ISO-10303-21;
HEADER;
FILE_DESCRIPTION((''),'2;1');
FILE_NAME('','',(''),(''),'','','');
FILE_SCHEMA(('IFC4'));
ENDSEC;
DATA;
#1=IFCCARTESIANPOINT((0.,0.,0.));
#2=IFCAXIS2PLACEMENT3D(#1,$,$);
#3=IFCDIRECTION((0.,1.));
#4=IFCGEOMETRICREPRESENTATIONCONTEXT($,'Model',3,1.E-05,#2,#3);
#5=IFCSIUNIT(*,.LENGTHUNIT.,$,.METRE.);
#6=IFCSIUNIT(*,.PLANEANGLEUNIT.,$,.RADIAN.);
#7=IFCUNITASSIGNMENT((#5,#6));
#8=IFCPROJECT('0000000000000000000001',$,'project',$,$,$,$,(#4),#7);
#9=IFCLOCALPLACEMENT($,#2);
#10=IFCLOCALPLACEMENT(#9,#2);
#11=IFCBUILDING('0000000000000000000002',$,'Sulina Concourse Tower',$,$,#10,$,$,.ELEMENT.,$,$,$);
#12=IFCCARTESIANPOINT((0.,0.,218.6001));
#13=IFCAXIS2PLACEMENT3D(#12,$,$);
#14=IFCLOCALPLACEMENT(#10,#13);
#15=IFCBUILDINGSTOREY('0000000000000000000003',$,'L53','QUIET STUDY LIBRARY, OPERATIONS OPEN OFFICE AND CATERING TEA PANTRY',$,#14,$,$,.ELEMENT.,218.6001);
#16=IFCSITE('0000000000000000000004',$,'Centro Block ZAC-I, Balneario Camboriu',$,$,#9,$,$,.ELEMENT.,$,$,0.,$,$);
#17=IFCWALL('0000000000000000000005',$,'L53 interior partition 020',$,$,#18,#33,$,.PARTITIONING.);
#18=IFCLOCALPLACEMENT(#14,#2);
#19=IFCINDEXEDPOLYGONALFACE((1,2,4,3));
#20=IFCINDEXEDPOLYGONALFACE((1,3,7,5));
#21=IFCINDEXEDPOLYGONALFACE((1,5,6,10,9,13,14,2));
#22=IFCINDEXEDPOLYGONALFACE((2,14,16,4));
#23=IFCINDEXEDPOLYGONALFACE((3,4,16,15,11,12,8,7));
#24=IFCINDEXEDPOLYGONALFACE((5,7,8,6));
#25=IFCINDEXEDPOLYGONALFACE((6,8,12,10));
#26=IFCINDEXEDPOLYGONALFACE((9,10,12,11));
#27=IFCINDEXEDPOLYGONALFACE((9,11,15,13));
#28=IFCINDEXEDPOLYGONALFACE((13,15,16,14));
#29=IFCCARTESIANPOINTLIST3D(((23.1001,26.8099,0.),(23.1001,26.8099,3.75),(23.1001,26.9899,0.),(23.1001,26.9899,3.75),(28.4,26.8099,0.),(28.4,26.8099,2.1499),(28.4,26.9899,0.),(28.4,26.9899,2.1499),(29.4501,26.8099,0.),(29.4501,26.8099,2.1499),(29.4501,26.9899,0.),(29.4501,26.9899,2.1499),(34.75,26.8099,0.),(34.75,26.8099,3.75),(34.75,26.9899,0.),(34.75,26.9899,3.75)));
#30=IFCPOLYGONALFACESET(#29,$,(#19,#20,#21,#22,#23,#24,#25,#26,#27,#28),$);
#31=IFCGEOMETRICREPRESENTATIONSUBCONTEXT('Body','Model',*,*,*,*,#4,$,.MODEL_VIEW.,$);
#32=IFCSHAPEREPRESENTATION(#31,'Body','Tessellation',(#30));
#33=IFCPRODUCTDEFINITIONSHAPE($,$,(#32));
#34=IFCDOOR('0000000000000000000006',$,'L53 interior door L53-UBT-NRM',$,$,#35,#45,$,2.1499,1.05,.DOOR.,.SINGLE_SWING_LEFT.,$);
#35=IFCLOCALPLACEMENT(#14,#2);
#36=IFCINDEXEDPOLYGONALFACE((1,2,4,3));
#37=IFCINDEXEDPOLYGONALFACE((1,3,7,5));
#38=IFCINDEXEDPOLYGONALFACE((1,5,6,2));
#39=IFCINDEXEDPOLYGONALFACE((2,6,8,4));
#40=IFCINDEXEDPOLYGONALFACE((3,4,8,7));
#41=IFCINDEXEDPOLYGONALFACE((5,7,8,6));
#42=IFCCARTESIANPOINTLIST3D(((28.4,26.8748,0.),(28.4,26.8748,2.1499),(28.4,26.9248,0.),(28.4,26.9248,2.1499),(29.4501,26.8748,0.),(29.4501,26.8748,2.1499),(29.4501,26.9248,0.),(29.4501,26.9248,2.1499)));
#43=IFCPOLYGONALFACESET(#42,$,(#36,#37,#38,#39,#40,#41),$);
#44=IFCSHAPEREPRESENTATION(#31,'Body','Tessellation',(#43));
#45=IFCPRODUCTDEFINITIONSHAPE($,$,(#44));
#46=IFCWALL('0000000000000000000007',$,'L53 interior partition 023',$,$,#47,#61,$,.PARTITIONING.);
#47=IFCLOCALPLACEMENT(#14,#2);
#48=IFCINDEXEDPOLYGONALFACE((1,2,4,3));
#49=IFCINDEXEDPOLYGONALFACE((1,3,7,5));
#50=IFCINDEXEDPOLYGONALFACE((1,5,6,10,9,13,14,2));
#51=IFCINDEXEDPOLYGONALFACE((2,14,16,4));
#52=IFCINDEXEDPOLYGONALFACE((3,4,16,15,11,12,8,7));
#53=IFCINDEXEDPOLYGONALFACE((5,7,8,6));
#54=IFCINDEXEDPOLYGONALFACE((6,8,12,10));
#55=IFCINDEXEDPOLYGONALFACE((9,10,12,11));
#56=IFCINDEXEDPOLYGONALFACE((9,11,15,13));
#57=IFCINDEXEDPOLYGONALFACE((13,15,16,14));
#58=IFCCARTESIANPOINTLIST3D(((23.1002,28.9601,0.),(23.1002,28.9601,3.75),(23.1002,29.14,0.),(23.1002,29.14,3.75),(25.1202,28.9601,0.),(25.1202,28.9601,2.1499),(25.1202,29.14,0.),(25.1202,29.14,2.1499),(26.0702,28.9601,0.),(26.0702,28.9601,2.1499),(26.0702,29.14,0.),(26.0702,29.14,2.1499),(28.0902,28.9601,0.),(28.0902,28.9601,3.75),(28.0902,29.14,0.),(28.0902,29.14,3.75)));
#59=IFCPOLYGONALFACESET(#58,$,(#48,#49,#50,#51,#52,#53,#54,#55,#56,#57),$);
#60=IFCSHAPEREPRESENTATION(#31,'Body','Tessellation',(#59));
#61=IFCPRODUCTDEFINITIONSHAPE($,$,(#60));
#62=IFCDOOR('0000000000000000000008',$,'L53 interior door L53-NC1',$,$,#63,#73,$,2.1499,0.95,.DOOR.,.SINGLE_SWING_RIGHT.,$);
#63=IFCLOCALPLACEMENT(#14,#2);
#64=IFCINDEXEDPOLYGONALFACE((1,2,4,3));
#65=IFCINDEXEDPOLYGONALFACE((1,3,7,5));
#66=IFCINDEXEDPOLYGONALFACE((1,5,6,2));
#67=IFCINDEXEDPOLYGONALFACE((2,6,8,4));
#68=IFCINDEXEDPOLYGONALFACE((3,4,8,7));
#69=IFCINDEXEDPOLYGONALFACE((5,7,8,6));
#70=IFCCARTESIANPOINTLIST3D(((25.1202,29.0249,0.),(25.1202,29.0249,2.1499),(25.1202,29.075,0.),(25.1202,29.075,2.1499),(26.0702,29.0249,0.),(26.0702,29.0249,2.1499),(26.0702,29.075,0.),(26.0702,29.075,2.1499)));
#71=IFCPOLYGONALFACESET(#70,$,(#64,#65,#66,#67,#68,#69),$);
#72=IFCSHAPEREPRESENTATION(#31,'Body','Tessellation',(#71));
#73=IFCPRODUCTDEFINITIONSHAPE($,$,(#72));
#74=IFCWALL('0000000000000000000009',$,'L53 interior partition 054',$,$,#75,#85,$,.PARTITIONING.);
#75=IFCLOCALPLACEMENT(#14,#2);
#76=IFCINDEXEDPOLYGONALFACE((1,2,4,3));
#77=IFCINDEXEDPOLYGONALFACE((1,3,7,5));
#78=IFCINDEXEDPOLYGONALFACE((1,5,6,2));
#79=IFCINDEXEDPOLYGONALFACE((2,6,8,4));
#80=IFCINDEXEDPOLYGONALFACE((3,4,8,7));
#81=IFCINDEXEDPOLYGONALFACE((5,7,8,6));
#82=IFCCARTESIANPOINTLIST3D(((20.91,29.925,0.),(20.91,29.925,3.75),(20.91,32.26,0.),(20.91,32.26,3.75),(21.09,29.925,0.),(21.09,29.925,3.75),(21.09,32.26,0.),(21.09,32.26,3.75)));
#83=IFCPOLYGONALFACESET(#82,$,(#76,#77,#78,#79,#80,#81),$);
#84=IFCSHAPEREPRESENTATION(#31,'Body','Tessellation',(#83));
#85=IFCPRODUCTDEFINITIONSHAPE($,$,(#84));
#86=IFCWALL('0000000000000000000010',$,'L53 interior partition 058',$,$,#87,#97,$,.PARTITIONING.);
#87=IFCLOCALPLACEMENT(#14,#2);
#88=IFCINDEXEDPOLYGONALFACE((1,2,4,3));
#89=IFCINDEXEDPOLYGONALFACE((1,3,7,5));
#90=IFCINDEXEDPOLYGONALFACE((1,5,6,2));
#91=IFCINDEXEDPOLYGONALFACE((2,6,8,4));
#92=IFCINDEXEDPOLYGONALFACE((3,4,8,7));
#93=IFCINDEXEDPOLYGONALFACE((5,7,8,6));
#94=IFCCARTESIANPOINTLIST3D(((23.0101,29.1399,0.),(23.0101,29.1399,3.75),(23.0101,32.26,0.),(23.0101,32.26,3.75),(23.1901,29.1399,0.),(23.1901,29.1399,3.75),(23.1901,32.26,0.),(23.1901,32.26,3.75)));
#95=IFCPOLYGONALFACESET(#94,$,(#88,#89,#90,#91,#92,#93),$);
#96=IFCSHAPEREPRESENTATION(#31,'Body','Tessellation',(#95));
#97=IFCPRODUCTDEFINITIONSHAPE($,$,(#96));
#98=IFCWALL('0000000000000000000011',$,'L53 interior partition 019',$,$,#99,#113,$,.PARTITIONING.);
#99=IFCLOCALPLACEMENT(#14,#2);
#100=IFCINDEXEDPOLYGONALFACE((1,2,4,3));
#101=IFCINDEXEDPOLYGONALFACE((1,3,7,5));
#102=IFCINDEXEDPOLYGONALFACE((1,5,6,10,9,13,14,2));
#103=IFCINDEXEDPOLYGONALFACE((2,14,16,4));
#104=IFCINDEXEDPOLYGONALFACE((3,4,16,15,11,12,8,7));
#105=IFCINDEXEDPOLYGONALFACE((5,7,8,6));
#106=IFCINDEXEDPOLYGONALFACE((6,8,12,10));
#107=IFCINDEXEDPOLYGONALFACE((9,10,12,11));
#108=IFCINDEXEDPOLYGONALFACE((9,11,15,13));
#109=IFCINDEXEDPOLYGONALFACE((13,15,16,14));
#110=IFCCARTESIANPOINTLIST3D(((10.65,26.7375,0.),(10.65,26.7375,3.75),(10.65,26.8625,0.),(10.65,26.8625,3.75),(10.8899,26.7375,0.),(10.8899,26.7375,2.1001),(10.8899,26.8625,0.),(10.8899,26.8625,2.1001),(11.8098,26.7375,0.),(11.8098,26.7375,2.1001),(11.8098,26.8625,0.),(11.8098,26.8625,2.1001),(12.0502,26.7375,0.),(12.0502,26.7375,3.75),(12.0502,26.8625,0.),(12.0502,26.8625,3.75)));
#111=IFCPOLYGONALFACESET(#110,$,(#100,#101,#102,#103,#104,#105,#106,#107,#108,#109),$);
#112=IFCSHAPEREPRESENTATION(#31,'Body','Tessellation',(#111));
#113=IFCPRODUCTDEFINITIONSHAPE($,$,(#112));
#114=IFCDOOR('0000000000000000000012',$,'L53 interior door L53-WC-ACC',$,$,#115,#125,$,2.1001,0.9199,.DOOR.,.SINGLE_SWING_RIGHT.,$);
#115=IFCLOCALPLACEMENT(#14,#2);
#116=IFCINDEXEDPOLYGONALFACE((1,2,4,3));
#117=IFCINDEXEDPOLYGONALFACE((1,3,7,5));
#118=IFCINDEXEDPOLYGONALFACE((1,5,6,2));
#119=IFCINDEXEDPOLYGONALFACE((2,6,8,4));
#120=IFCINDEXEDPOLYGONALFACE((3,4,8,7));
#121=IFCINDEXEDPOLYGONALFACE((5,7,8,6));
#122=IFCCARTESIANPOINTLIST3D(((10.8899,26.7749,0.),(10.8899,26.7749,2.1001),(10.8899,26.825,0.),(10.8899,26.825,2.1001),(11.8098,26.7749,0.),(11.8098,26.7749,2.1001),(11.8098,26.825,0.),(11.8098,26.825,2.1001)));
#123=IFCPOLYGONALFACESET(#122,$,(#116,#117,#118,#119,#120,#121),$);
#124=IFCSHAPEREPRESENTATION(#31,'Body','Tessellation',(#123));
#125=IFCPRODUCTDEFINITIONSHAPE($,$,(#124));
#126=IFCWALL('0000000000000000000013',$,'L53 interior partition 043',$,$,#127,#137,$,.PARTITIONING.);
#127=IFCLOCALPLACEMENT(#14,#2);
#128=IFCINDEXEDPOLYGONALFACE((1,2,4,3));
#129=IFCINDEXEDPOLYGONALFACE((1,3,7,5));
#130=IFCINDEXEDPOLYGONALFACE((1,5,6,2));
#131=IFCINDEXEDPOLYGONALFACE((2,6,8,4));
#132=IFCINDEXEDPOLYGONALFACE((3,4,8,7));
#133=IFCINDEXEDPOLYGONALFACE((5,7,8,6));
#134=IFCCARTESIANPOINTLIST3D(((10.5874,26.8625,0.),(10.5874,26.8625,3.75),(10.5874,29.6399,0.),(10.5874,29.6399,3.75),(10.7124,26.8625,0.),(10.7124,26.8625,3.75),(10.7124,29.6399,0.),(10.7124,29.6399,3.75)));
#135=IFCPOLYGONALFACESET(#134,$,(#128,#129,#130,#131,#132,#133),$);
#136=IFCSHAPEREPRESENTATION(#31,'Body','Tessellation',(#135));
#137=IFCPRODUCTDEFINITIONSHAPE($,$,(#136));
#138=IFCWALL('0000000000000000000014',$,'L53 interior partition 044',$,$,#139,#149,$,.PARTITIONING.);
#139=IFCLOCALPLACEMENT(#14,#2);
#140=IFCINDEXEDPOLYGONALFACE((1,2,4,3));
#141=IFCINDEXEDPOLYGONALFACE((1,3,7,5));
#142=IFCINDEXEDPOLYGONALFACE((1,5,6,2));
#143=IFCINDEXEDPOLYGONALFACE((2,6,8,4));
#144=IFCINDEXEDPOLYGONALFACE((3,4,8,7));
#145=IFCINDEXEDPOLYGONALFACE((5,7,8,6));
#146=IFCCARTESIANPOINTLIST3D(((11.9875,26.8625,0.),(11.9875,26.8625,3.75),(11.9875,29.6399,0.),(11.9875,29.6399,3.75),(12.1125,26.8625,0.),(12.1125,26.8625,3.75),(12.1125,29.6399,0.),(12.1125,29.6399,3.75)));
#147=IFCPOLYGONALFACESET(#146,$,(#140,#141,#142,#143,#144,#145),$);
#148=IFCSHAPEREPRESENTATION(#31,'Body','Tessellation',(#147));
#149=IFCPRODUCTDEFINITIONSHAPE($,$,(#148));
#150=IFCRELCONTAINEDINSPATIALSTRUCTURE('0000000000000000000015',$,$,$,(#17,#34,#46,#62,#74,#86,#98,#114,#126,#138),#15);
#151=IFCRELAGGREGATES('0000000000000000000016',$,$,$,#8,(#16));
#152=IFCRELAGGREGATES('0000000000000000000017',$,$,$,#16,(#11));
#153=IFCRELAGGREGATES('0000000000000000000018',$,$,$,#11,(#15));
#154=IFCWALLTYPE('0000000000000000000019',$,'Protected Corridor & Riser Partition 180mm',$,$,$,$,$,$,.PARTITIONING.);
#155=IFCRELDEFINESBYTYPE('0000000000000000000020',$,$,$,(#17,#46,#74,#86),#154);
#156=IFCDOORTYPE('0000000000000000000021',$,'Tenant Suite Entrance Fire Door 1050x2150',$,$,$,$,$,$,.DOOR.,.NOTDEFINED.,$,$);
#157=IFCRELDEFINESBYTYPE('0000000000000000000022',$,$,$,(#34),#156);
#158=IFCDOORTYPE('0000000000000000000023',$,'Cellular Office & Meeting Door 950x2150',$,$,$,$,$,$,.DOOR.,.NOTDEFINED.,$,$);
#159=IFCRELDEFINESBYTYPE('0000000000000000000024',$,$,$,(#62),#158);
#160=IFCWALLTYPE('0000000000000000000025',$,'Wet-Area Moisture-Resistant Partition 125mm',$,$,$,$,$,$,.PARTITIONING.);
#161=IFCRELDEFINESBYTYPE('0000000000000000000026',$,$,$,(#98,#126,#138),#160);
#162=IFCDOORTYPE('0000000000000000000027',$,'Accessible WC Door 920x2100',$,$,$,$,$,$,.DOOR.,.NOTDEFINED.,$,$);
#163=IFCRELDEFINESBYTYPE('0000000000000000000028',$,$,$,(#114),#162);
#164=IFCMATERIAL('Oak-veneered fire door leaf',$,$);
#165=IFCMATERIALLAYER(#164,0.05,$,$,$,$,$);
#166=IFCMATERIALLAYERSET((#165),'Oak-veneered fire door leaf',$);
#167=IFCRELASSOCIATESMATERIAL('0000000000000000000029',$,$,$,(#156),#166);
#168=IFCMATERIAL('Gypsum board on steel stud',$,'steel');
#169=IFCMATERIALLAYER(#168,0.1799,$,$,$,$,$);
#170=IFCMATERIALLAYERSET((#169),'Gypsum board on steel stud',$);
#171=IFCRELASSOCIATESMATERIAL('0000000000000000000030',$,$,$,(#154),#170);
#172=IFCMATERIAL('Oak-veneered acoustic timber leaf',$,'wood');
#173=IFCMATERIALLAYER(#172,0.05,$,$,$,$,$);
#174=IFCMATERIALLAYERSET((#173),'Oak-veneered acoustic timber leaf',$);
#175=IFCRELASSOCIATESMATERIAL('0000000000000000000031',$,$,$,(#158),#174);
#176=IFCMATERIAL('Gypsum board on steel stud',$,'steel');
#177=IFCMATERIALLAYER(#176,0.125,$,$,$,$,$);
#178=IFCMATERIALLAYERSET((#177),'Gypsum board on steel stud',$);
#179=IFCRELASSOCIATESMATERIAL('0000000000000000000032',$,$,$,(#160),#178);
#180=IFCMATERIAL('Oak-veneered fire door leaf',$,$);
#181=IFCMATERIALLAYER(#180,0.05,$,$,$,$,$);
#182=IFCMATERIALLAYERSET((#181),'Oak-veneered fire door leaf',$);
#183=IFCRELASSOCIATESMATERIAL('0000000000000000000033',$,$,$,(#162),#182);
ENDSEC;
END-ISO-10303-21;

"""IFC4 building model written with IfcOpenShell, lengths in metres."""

from ifc_helpers import new_model, si_unit, direction, frame, frame_2d, origin, place, context, subcontext, project, spatial, rectangle, extrude, material, layer, layer_set, type_object, element, fill, save


model = new_model("IFC4")

# Units and contexts
model_context = context("Model", 3, precision=1e-05, world=origin(), true_north=direction((0.0, 1.0)))
body_context = subcontext(model_context, "Body", "Model", "MODEL_VIEW")
ifc_project = project(units=[si_unit("LENGTHUNIT", "METRE"), si_unit("PLANEANGLEUNIT", "RADIAN")], contexts=[model_context])

# Site, building, storey
site_placement = place(None, origin())
site = spatial("IfcSite", under=ifc_project, at=site_placement, Name="Centro Block ZAC-I, Balneario Camboriu", CompositionType="ELEMENT", RefElevation=0.0)
building_placement = place(site_placement, origin())
building = spatial("IfcBuilding", under=site, at=building_placement, Name="Sulina Concourse Tower", CompositionType="ELEMENT")
storey_placement = place(building_placement, frame((0.0, 0.0, 218.6001)))
storey = spatial("IfcBuildingStorey", under=building, at=storey_placement, Name="L53", Description="QUIET STUDY LIBRARY, OPERATIONS OPEN OFFICE AND CATERING TEA PANTRY", CompositionType="ELEMENT", Elevation=218.6001)

# Shared definitions
ifc_material_1 = material(Name="Oak-veneered fire door leaf")
ifc_layer_1 = layer(ifc_material_1, 0.05)
ifc_layer_set_1 = layer_set([ifc_layer_1], Name="Oak-veneered fire door leaf")
door_type_1 = type_object("IfcDoorType", Name="Tenant Suite Entrance Fire Door 1050x2150", OperationType="NOTDEFINED", PredefinedType="DOOR", material=ifc_layer_set_1)

# Walls, openings, doors
ifc_material_2 = material(Name="Gypsum board on steel stud", Category="steel")
ifc_layer_2 = layer(ifc_material_2, 0.1799)
ifc_layer_set_2 = layer_set([ifc_layer_2], Name="Gypsum board on steel stud")
wall_type_1 = type_object("IfcWallType", Name="Protected Corridor & Riser Partition 180mm", PredefinedType="PARTITIONING", material=ifc_layer_set_2)
wall_1_placement = place(storey_placement, frame((23.1001, 26.8999, 0.0), z_axis=(0.0, 0.0, 1.0), x_axis=(1.0, 0.0, 0.0)))
wall_1 = element("IfcWall", 1, at=wall_1_placement, inside=storey, type_object=wall_type_1, Name="L53 interior partition 020", PredefinedType="PARTITIONING", context=body_context, shape_type="SweptSolid", body=[
    extrude(rectangle(XDim=11.6499, YDim=0.1799, at=frame_2d((5.825, 0.0))), origin(), (0.0, 0.0, 1.0), 3.75),
])
opening_1_placement = place(wall_1_placement, frame((5.3, 0.0, 0.0)))
opening_1 = element("IfcOpeningElement", 2, at=opening_1_placement, cuts=wall_1, PredefinedType="OPENING", context=body_context, shape_type="SweptSolid", body=[
    extrude(rectangle(XDim=1.05, YDim=2.1499, at=frame_2d((0.5249, 1.075))), frame((0.0, 0.0999, 0.0), z_axis=(0.0, -1.0, 0.0), x_axis=(1.0, 0.0, 0.0)), (0.0, 0.0, 1.0), 0.2),
])
door_1_placement = place(opening_1_placement, origin())
door_1 = element("IfcDoor", 3, at=door_1_placement, inside=storey, type_object=door_type_1, Name="L53 interior door L53-UBT-NRM", OperationType="SINGLE_SWING_LEFT", OverallHeight=2.1499, OverallWidth=1.05, PredefinedType="DOOR", context=body_context, shape_type="SweptSolid", body=[
    extrude(rectangle(XDim=1.05, YDim=2.1499, at=frame_2d((0.5249, 1.075))), frame((0.0, 0.0249, 0.0), z_axis=(0.0, -1.0, 0.0), x_axis=(1.0, 0.0, 0.0)), (0.0, 0.0, 1.0), 0.05),
])
fill(opening_1, door_1)
wall_2_placement = place(storey_placement, frame((23.1001, 29.05, 0.0), z_axis=(0.0, 0.0, 1.0), x_axis=(1.0, 0.0, 0.0)))
wall_2 = element("IfcWall", 4, at=wall_2_placement, inside=storey, type_object=wall_type_1, Name="L53 interior partition 023", PredefinedType="PARTITIONING", context=body_context, shape_type="SweptSolid", body=[
    extrude(rectangle(XDim=4.99, YDim=0.1799, at=frame_2d((2.4951, 0.0))), origin(), (0.0, 0.0, 1.0), 3.75),
])
opening_2_placement = place(wall_2_placement, frame((2.02, 0.0, 0.0)))
opening_2 = element("IfcOpeningElement", 5, at=opening_2_placement, cuts=wall_2, PredefinedType="OPENING", context=body_context, shape_type="SweptSolid", body=[
    extrude(rectangle(XDim=0.95, YDim=2.1499, at=frame_2d((0.4751, 1.075))), frame((0.0, 0.0999, 0.0), z_axis=(0.0, -1.0, 0.0), x_axis=(1.0, 0.0, 0.0)), (0.0, 0.0, 1.0), 0.2),
])
ifc_material_3 = material(Name="Oak-veneered acoustic timber leaf", Category="wood")
ifc_layer_3 = layer(ifc_material_3, 0.05)
ifc_layer_set_3 = layer_set([ifc_layer_3], Name="Oak-veneered acoustic timber leaf")
door_type_2 = type_object("IfcDoorType", Name="Cellular Office & Meeting Door 950x2150", OperationType="NOTDEFINED", PredefinedType="DOOR", material=ifc_layer_set_3)
door_2_placement = place(opening_2_placement, origin())
door_2 = element("IfcDoor", 6, at=door_2_placement, inside=storey, type_object=door_type_2, Name="L53 interior door L53-NC1", OperationType="SINGLE_SWING_RIGHT", OverallHeight=2.1499, OverallWidth=0.95, PredefinedType="DOOR", context=body_context, shape_type="SweptSolid", body=[
    extrude(rectangle(XDim=0.95, YDim=2.1499, at=frame_2d((0.4751, 1.075))), frame((0.0, 0.0249, 0.0), z_axis=(0.0, -1.0, 0.0), x_axis=(1.0, 0.0, 0.0)), (0.0, 0.0, 1.0), 0.05),
])
fill(opening_2, door_2)

# Walls
wall_3_placement = place(storey_placement, frame((21.0, 29.925, 0.0), z_axis=(0.0, 0.0, 1.0), x_axis=(0.0, 1.0, 0.0)))
element("IfcWall", 7, at=wall_3_placement, inside=storey, type_object=wall_type_1, Name="L53 interior partition 054", PredefinedType="PARTITIONING", context=body_context, shape_type="SweptSolid", body=[
    extrude(rectangle(XDim=2.335, YDim=0.1799, at=frame_2d((1.1675, 0.0))), origin(), (0.0, 0.0, 1.0), 3.75),
])
wall_4_placement = place(storey_placement, frame((23.1001, 29.1399, 0.0), z_axis=(0.0, 0.0, 1.0), x_axis=(0.0, 1.0, 0.0)))
element("IfcWall", 8, at=wall_4_placement, inside=storey, type_object=wall_type_1, Name="L53 interior partition 058", PredefinedType="PARTITIONING", context=body_context, shape_type="SweptSolid", body=[
    extrude(rectangle(XDim=3.1201, YDim=0.1799, at=frame_2d((1.5601, 0.0))), origin(), (0.0, 0.0, 1.0), 3.75),
])

# Wall, opening, door
ifc_material_4 = material(Name="Gypsum board on steel stud", Category="steel")
ifc_layer_4 = layer(ifc_material_4, 0.125)
ifc_layer_set_4 = layer_set([ifc_layer_4], Name="Gypsum board on steel stud")
wall_type_2 = type_object("IfcWallType", Name="Wet-Area Moisture-Resistant Partition 125mm", PredefinedType="PARTITIONING", material=ifc_layer_set_4)
wall_5_placement = place(storey_placement, frame((10.6499, 26.8, 0.0), z_axis=(0.0, 0.0, 1.0), x_axis=(1.0, 0.0, 0.0)))
wall_5 = element("IfcWall", 9, at=wall_5_placement, inside=storey, type_object=wall_type_2, Name="L53 interior partition 019", PredefinedType="PARTITIONING", context=body_context, shape_type="SweptSolid", body=[
    extrude(rectangle(XDim=1.4001, YDim=0.125, at=frame_2d((0.7002, 0.0))), origin(), (0.0, 0.0, 1.0), 3.75),
])
opening_3_placement = place(wall_5_placement, frame((0.24, 0.0, 0.0)))
opening_3 = element("IfcOpeningElement", 10, at=opening_3_placement, cuts=wall_5, PredefinedType="OPENING", context=body_context, shape_type="SweptSolid", body=[
    extrude(rectangle(XDim=0.9199, YDim=2.1001, at=frame_2d((0.46, 1.05))), frame((0.0, 0.0725, 0.0), z_axis=(0.0, -1.0, 0.0), x_axis=(1.0, 0.0, 0.0)), (0.0, 0.0, 1.0), 0.145),
])
ifc_material_5 = material(Name="Oak-veneered fire door leaf")
ifc_layer_5 = layer(ifc_material_5, 0.05)
ifc_layer_set_5 = layer_set([ifc_layer_5], Name="Oak-veneered fire door leaf")
door_type_3 = type_object("IfcDoorType", Name="Accessible WC Door 920x2100", OperationType="NOTDEFINED", PredefinedType="DOOR", material=ifc_layer_set_5)
door_3_placement = place(opening_3_placement, origin())
door_3 = element("IfcDoor", 11, at=door_3_placement, inside=storey, type_object=door_type_3, Name="L53 interior door L53-WC-ACC", OperationType="SINGLE_SWING_RIGHT", OverallHeight=2.1001, OverallWidth=0.9199, PredefinedType="DOOR", context=body_context, shape_type="SweptSolid", body=[
    extrude(rectangle(XDim=0.9199, YDim=2.1001, at=frame_2d((0.46, 1.05))), frame((0.0, 0.0249, 0.0), z_axis=(0.0, -1.0, 0.0), x_axis=(1.0, 0.0, 0.0)), (0.0, 0.0, 1.0), 0.05),
])
fill(opening_3, door_3)

# Walls
for number, where, z_axis, x_axis, name in (
    (12, (10.6499, 26.8625, 0.0), (0.0, 0.0, 1.0), (0.0, 1.0, 0.0), "L53 interior partition 043"),
    (13, (12.05, 26.8625, 0.0), (0.0, 0.0, 1.0), (0.0, 1.0, 0.0), "L53 interior partition 044"),
):
    element("IfcWall", number, at=place(storey_placement, frame(where, z_axis=z_axis, x_axis=x_axis)), inside=storey, type_object=wall_type_2, Name=name, PredefinedType="PARTITIONING", context=body_context, shape_type="SweptSolid", body=[
        extrude(rectangle(XDim=2.7773, YDim=0.125, at=frame_2d((1.3887, 0.0))), origin(), (0.0, 0.0, 1.0), 3.75),
    ])

save(model, "model.ifc")
